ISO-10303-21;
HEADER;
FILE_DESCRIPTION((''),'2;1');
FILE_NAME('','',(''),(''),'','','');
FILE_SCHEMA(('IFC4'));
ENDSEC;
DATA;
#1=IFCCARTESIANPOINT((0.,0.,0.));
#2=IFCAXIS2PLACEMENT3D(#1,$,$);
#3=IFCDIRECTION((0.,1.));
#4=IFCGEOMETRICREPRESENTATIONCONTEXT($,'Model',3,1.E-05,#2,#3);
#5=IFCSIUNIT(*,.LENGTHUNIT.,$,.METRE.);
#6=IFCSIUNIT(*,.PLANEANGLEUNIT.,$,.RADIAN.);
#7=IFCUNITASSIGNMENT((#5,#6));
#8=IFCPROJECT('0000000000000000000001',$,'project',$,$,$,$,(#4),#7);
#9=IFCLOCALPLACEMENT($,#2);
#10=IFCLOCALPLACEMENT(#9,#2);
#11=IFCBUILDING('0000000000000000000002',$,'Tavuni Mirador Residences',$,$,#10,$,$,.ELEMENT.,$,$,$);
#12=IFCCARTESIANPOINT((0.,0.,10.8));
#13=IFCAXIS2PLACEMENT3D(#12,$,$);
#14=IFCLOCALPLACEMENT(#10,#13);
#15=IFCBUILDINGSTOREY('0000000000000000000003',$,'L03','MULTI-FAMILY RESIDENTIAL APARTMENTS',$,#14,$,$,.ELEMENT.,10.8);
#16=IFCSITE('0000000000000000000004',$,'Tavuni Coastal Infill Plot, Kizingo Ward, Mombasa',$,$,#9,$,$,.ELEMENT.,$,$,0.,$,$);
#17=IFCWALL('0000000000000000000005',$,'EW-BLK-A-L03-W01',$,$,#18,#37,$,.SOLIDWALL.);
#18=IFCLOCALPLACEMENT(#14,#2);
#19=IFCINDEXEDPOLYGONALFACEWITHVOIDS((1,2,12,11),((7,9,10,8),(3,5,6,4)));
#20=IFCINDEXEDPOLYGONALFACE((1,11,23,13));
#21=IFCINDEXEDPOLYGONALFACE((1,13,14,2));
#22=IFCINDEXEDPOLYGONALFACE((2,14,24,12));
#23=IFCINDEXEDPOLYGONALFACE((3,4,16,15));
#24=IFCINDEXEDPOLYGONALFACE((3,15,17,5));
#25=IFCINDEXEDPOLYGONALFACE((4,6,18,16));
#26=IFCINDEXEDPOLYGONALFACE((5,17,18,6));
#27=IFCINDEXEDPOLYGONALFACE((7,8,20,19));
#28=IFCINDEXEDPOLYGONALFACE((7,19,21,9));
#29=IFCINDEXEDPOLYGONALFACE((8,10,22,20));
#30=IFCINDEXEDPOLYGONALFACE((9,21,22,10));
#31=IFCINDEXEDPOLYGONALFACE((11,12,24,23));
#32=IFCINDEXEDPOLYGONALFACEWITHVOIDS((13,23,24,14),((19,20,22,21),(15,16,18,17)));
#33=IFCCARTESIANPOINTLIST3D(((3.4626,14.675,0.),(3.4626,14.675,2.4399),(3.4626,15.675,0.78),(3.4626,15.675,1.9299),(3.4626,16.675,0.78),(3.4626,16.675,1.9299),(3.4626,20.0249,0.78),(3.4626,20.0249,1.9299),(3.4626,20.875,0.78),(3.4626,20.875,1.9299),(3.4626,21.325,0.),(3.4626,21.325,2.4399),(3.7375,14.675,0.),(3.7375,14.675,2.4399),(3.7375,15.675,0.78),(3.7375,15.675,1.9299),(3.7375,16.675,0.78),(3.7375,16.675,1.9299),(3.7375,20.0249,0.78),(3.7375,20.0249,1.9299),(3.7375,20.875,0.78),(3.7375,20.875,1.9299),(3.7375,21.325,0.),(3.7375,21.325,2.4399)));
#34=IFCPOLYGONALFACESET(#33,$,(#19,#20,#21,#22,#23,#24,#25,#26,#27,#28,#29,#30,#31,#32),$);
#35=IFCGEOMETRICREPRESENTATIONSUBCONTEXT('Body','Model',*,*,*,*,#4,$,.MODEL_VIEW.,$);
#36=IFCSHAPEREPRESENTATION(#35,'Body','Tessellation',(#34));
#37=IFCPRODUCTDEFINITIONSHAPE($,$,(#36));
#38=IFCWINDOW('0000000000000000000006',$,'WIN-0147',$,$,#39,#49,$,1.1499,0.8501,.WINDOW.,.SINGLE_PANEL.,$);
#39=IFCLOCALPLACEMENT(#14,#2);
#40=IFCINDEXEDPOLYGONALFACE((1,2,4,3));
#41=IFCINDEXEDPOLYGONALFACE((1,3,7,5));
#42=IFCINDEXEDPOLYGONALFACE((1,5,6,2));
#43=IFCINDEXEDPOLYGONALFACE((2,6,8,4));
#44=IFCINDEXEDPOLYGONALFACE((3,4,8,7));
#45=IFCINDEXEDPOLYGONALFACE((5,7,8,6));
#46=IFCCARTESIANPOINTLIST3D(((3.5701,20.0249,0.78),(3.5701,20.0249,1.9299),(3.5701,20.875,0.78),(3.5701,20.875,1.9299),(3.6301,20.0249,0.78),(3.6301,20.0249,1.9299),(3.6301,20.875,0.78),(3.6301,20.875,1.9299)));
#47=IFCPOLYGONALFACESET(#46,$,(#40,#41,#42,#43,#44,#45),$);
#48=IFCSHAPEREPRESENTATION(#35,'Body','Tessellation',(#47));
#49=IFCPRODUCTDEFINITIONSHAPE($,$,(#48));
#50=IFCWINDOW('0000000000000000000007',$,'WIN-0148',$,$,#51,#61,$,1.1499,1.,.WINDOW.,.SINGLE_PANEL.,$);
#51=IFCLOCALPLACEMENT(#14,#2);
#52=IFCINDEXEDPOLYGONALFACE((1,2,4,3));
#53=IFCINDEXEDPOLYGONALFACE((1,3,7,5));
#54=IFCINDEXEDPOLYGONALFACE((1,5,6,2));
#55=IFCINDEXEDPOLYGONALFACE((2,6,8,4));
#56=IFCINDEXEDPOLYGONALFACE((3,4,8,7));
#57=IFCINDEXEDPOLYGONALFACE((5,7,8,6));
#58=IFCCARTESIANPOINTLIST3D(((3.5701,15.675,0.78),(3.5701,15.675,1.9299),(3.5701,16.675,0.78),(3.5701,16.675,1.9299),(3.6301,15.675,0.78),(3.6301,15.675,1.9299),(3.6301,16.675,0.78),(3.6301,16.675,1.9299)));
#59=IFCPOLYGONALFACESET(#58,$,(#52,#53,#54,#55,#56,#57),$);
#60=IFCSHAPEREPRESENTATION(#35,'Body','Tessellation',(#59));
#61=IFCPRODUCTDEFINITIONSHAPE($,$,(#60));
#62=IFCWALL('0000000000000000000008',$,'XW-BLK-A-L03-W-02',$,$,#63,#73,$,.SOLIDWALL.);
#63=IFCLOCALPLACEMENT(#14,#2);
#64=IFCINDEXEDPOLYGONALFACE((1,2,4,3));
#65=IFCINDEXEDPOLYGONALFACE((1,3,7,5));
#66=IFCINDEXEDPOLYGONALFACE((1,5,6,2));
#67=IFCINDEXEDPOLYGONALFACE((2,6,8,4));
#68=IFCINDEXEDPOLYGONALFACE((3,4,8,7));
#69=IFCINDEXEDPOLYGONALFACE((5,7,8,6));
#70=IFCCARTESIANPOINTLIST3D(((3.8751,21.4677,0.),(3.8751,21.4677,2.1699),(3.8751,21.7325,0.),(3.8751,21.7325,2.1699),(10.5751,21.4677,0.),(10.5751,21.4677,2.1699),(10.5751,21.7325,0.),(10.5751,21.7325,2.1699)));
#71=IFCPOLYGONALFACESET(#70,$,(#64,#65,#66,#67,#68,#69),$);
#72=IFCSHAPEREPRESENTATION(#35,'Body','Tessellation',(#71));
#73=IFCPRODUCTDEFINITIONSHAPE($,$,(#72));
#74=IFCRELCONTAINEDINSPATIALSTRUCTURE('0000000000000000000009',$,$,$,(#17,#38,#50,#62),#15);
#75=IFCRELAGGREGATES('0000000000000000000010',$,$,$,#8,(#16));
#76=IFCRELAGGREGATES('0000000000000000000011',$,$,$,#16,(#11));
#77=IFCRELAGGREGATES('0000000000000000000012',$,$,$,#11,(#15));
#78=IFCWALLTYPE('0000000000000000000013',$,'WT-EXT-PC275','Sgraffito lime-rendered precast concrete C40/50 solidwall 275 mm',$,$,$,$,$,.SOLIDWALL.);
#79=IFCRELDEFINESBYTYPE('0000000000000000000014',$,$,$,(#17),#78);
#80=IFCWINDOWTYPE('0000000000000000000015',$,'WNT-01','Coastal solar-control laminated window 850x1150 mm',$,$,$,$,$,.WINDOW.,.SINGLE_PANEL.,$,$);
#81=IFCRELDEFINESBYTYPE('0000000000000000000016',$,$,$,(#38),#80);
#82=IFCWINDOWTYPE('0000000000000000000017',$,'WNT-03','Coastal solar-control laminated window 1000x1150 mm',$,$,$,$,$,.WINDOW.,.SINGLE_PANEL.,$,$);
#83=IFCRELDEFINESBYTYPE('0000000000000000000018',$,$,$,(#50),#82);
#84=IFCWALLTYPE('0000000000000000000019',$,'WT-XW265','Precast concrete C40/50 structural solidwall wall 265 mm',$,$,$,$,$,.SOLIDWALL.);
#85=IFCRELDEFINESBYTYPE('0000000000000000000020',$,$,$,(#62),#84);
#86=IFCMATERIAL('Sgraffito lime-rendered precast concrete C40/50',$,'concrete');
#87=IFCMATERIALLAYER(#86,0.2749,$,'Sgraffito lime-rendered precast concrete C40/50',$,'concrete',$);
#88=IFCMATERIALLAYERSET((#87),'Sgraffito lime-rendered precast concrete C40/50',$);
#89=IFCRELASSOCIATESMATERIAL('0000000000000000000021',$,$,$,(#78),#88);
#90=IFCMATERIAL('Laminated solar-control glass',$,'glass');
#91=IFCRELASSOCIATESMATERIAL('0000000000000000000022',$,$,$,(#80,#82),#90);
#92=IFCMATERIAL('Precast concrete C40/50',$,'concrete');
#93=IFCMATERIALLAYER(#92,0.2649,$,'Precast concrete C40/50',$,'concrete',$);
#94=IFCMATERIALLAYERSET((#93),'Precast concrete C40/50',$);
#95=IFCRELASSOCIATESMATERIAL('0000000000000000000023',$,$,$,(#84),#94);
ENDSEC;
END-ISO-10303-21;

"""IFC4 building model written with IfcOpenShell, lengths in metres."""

from ifc_helpers import new_model, si_unit, direction, frame, frame_2d, origin, place, context, subcontext, project, spatial, rectangle, extrude, material, layer, layer_set, type_object, element, fill, save


model = new_model("IFC4")

# Units and contexts
model_context = context("Model", 3, precision=1e-05, world=origin(), true_north=direction((0.0, 1.0)))
body_context = subcontext(model_context, "Body", "Model", "MODEL_VIEW")
ifc_project = project(units=[si_unit("LENGTHUNIT", "METRE"), si_unit("PLANEANGLEUNIT", "RADIAN")], contexts=[model_context])

# Site, building, storey
site_placement = place(None, origin())
site = spatial("IfcSite", under=ifc_project, at=site_placement, Name="Tavuni Coastal Infill Plot, Kizingo Ward, Mombasa", CompositionType="ELEMENT", RefElevation=0.0)
building_placement = place(site_placement, origin())
building = spatial("IfcBuilding", under=site, at=building_placement, Name="Tavuni Mirador Residences", CompositionType="ELEMENT")
storey_placement = place(building_placement, frame((0.0, 0.0, 10.8)))
storey = spatial("IfcBuildingStorey", under=building, at=storey_placement, Name="L03", Description="MULTI-FAMILY RESIDENTIAL APARTMENTS", CompositionType="ELEMENT", Elevation=10.8)

# Shared definitions
ifc_material_1 = material(Name="Precast concrete C40/50", Category="concrete")

# Shared definitions
ifc_material_2 = material(Name="Laminated solar-control glass", Category="glass")

# Wall, openings, windows
ifc_material_3 = material(Name="Sgraffito lime-rendered precast concrete C40/50", Category="concrete")
ifc_layer_1 = layer(ifc_material_3, 0.2749, Name="Sgraffito lime-rendered precast concrete C40/50", Category="concrete")
ifc_layer_set_1 = layer_set([ifc_layer_1], Name="Sgraffito lime-rendered precast concrete C40/50")
wall_type_1 = type_object("IfcWallType", Name="WT-EXT-PC275", Description="Sgraffito lime-rendered precast concrete C40/50 solidwall 275 mm", PredefinedType="SOLIDWALL", material=ifc_layer_set_1)
wall_1_placement = place(storey_placement, frame((3.6001, 21.325, 0.0), z_axis=(0.0, 0.0, 1.0), x_axis=(0.0, -1.0, 0.0)))
wall_1 = element("IfcWall", 1, at=wall_1_placement, inside=storey, type_object=wall_type_1, Name="EW-BLK-A-L03-W01", PredefinedType="SOLIDWALL", context=body_context, shape_type="SweptSolid", body=[
    extrude(rectangle(XDim=6.6499, YDim=0.2749, at=frame_2d((3.325, 0.0))), origin(), (0.0, 0.0, 1.0), 2.4399),
])
opening_1_placement = place(wall_1_placement, frame((0.45, 0.0, 0.78)))
opening_1 = element("IfcOpeningElement", 2, at=opening_1_placement, cuts=wall_1, PredefinedType="OPENING", context=body_context, shape_type="SweptSolid", body=[
    extrude(rectangle(XDim=0.8501, YDim=1.1499, at=frame_2d((0.425, 0.575))), frame((0.0, 0.1475, 0.0), z_axis=(0.0, -1.0, 0.0), x_axis=(1.0, 0.0, 0.0)), (0.0, 0.0, 1.0), 0.2949),
])
opening_2_placement = place(wall_1_placement, frame((4.6499, 0.0, 0.78)))
opening_2 = element("IfcOpeningElement", 3, at=opening_2_placement, cuts=wall_1, PredefinedType="OPENING", context=body_context, shape_type="SweptSolid", body=[
    extrude(rectangle(XDim=1.0, YDim=1.1499, at=frame_2d((0.5, 0.575))), frame((0.0, 0.1475, 0.0), z_axis=(0.0, -1.0, 0.0), x_axis=(1.0, 0.0, 0.0)), (0.0, 0.0, 1.0), 0.2949),
])
window_type_1 = type_object("IfcWindowType", Name="WNT-01", Description="Coastal solar-control laminated window 850x1150 mm", PartitioningType="SINGLE_PANEL", PredefinedType="WINDOW", material=ifc_material_2)
window_1_placement = place(opening_1_placement, origin())
window_1 = element("IfcWindow", 4, at=window_1_placement, inside=storey, type_object=window_type_1, Name="WIN-0147", OverallHeight=1.1499, OverallWidth=0.8501, PartitioningType="SINGLE_PANEL", PredefinedType="WINDOW", context=body_context, shape_type="SweptSolid", body=[
    extrude(rectangle(XDim=0.8501, YDim=1.1499, at=frame_2d((0.425, 0.575))), frame((0.0, 0.03, 0.0), z_axis=(0.0, -1.0, 0.0), x_axis=(1.0, 0.0, 0.0)), (0.0, 0.0, 1.0), 0.0601),
])
fill(opening_1, window_1)
window_type_2 = type_object("IfcWindowType", Name="WNT-03", Description="Coastal solar-control laminated window 1000x1150 mm", PartitioningType="SINGLE_PANEL", PredefinedType="WINDOW", material=ifc_material_2)
window_2_placement = place(opening_2_placement, origin())
window_2 = element("IfcWindow", 5, at=window_2_placement, inside=storey, type_object=window_type_2, Name="WIN-0148", OverallHeight=1.1499, OverallWidth=1.0, PartitioningType="SINGLE_PANEL", PredefinedType="WINDOW", context=body_context, shape_type="SweptSolid", body=[
    extrude(rectangle(XDim=1.0, YDim=1.1499, at=frame_2d((0.5, 0.575))), frame((0.0, 0.03, 0.0), z_axis=(0.0, -1.0, 0.0), x_axis=(1.0, 0.0, 0.0)), (0.0, 0.0, 1.0), 0.0601),
])
fill(opening_2, window_2)

# Wall
ifc_layer_2 = layer(ifc_material_1, 0.2649, Name="Precast concrete C40/50", Category="concrete")
ifc_layer_set_2 = layer_set([ifc_layer_2], Name="Precast concrete C40/50")
wall_type_2 = type_object("IfcWallType", Name="WT-XW265", Description="Precast concrete C40/50 structural solidwall wall 265 mm", PredefinedType="SOLIDWALL", material=ifc_layer_set_2)
wall_2_placement = place(storey_placement, frame((3.875, 21.6001, 0.0), z_axis=(0.0, 0.0, 1.0), x_axis=(1.0, 0.0, 0.0)))
element("IfcWall", 6, at=wall_2_placement, inside=storey, type_object=wall_type_2, Name="XW-BLK-A-L03-W-02", PredefinedType="SOLIDWALL", context=body_context, shape_type="SweptSolid", body=[
    extrude(rectangle(XDim=6.7, YDim=0.2649, at=frame_2d((3.3501, 0.0))), origin(), (0.0, 0.0, 1.0), 2.1699),
])

save(model, "model.ifc")
